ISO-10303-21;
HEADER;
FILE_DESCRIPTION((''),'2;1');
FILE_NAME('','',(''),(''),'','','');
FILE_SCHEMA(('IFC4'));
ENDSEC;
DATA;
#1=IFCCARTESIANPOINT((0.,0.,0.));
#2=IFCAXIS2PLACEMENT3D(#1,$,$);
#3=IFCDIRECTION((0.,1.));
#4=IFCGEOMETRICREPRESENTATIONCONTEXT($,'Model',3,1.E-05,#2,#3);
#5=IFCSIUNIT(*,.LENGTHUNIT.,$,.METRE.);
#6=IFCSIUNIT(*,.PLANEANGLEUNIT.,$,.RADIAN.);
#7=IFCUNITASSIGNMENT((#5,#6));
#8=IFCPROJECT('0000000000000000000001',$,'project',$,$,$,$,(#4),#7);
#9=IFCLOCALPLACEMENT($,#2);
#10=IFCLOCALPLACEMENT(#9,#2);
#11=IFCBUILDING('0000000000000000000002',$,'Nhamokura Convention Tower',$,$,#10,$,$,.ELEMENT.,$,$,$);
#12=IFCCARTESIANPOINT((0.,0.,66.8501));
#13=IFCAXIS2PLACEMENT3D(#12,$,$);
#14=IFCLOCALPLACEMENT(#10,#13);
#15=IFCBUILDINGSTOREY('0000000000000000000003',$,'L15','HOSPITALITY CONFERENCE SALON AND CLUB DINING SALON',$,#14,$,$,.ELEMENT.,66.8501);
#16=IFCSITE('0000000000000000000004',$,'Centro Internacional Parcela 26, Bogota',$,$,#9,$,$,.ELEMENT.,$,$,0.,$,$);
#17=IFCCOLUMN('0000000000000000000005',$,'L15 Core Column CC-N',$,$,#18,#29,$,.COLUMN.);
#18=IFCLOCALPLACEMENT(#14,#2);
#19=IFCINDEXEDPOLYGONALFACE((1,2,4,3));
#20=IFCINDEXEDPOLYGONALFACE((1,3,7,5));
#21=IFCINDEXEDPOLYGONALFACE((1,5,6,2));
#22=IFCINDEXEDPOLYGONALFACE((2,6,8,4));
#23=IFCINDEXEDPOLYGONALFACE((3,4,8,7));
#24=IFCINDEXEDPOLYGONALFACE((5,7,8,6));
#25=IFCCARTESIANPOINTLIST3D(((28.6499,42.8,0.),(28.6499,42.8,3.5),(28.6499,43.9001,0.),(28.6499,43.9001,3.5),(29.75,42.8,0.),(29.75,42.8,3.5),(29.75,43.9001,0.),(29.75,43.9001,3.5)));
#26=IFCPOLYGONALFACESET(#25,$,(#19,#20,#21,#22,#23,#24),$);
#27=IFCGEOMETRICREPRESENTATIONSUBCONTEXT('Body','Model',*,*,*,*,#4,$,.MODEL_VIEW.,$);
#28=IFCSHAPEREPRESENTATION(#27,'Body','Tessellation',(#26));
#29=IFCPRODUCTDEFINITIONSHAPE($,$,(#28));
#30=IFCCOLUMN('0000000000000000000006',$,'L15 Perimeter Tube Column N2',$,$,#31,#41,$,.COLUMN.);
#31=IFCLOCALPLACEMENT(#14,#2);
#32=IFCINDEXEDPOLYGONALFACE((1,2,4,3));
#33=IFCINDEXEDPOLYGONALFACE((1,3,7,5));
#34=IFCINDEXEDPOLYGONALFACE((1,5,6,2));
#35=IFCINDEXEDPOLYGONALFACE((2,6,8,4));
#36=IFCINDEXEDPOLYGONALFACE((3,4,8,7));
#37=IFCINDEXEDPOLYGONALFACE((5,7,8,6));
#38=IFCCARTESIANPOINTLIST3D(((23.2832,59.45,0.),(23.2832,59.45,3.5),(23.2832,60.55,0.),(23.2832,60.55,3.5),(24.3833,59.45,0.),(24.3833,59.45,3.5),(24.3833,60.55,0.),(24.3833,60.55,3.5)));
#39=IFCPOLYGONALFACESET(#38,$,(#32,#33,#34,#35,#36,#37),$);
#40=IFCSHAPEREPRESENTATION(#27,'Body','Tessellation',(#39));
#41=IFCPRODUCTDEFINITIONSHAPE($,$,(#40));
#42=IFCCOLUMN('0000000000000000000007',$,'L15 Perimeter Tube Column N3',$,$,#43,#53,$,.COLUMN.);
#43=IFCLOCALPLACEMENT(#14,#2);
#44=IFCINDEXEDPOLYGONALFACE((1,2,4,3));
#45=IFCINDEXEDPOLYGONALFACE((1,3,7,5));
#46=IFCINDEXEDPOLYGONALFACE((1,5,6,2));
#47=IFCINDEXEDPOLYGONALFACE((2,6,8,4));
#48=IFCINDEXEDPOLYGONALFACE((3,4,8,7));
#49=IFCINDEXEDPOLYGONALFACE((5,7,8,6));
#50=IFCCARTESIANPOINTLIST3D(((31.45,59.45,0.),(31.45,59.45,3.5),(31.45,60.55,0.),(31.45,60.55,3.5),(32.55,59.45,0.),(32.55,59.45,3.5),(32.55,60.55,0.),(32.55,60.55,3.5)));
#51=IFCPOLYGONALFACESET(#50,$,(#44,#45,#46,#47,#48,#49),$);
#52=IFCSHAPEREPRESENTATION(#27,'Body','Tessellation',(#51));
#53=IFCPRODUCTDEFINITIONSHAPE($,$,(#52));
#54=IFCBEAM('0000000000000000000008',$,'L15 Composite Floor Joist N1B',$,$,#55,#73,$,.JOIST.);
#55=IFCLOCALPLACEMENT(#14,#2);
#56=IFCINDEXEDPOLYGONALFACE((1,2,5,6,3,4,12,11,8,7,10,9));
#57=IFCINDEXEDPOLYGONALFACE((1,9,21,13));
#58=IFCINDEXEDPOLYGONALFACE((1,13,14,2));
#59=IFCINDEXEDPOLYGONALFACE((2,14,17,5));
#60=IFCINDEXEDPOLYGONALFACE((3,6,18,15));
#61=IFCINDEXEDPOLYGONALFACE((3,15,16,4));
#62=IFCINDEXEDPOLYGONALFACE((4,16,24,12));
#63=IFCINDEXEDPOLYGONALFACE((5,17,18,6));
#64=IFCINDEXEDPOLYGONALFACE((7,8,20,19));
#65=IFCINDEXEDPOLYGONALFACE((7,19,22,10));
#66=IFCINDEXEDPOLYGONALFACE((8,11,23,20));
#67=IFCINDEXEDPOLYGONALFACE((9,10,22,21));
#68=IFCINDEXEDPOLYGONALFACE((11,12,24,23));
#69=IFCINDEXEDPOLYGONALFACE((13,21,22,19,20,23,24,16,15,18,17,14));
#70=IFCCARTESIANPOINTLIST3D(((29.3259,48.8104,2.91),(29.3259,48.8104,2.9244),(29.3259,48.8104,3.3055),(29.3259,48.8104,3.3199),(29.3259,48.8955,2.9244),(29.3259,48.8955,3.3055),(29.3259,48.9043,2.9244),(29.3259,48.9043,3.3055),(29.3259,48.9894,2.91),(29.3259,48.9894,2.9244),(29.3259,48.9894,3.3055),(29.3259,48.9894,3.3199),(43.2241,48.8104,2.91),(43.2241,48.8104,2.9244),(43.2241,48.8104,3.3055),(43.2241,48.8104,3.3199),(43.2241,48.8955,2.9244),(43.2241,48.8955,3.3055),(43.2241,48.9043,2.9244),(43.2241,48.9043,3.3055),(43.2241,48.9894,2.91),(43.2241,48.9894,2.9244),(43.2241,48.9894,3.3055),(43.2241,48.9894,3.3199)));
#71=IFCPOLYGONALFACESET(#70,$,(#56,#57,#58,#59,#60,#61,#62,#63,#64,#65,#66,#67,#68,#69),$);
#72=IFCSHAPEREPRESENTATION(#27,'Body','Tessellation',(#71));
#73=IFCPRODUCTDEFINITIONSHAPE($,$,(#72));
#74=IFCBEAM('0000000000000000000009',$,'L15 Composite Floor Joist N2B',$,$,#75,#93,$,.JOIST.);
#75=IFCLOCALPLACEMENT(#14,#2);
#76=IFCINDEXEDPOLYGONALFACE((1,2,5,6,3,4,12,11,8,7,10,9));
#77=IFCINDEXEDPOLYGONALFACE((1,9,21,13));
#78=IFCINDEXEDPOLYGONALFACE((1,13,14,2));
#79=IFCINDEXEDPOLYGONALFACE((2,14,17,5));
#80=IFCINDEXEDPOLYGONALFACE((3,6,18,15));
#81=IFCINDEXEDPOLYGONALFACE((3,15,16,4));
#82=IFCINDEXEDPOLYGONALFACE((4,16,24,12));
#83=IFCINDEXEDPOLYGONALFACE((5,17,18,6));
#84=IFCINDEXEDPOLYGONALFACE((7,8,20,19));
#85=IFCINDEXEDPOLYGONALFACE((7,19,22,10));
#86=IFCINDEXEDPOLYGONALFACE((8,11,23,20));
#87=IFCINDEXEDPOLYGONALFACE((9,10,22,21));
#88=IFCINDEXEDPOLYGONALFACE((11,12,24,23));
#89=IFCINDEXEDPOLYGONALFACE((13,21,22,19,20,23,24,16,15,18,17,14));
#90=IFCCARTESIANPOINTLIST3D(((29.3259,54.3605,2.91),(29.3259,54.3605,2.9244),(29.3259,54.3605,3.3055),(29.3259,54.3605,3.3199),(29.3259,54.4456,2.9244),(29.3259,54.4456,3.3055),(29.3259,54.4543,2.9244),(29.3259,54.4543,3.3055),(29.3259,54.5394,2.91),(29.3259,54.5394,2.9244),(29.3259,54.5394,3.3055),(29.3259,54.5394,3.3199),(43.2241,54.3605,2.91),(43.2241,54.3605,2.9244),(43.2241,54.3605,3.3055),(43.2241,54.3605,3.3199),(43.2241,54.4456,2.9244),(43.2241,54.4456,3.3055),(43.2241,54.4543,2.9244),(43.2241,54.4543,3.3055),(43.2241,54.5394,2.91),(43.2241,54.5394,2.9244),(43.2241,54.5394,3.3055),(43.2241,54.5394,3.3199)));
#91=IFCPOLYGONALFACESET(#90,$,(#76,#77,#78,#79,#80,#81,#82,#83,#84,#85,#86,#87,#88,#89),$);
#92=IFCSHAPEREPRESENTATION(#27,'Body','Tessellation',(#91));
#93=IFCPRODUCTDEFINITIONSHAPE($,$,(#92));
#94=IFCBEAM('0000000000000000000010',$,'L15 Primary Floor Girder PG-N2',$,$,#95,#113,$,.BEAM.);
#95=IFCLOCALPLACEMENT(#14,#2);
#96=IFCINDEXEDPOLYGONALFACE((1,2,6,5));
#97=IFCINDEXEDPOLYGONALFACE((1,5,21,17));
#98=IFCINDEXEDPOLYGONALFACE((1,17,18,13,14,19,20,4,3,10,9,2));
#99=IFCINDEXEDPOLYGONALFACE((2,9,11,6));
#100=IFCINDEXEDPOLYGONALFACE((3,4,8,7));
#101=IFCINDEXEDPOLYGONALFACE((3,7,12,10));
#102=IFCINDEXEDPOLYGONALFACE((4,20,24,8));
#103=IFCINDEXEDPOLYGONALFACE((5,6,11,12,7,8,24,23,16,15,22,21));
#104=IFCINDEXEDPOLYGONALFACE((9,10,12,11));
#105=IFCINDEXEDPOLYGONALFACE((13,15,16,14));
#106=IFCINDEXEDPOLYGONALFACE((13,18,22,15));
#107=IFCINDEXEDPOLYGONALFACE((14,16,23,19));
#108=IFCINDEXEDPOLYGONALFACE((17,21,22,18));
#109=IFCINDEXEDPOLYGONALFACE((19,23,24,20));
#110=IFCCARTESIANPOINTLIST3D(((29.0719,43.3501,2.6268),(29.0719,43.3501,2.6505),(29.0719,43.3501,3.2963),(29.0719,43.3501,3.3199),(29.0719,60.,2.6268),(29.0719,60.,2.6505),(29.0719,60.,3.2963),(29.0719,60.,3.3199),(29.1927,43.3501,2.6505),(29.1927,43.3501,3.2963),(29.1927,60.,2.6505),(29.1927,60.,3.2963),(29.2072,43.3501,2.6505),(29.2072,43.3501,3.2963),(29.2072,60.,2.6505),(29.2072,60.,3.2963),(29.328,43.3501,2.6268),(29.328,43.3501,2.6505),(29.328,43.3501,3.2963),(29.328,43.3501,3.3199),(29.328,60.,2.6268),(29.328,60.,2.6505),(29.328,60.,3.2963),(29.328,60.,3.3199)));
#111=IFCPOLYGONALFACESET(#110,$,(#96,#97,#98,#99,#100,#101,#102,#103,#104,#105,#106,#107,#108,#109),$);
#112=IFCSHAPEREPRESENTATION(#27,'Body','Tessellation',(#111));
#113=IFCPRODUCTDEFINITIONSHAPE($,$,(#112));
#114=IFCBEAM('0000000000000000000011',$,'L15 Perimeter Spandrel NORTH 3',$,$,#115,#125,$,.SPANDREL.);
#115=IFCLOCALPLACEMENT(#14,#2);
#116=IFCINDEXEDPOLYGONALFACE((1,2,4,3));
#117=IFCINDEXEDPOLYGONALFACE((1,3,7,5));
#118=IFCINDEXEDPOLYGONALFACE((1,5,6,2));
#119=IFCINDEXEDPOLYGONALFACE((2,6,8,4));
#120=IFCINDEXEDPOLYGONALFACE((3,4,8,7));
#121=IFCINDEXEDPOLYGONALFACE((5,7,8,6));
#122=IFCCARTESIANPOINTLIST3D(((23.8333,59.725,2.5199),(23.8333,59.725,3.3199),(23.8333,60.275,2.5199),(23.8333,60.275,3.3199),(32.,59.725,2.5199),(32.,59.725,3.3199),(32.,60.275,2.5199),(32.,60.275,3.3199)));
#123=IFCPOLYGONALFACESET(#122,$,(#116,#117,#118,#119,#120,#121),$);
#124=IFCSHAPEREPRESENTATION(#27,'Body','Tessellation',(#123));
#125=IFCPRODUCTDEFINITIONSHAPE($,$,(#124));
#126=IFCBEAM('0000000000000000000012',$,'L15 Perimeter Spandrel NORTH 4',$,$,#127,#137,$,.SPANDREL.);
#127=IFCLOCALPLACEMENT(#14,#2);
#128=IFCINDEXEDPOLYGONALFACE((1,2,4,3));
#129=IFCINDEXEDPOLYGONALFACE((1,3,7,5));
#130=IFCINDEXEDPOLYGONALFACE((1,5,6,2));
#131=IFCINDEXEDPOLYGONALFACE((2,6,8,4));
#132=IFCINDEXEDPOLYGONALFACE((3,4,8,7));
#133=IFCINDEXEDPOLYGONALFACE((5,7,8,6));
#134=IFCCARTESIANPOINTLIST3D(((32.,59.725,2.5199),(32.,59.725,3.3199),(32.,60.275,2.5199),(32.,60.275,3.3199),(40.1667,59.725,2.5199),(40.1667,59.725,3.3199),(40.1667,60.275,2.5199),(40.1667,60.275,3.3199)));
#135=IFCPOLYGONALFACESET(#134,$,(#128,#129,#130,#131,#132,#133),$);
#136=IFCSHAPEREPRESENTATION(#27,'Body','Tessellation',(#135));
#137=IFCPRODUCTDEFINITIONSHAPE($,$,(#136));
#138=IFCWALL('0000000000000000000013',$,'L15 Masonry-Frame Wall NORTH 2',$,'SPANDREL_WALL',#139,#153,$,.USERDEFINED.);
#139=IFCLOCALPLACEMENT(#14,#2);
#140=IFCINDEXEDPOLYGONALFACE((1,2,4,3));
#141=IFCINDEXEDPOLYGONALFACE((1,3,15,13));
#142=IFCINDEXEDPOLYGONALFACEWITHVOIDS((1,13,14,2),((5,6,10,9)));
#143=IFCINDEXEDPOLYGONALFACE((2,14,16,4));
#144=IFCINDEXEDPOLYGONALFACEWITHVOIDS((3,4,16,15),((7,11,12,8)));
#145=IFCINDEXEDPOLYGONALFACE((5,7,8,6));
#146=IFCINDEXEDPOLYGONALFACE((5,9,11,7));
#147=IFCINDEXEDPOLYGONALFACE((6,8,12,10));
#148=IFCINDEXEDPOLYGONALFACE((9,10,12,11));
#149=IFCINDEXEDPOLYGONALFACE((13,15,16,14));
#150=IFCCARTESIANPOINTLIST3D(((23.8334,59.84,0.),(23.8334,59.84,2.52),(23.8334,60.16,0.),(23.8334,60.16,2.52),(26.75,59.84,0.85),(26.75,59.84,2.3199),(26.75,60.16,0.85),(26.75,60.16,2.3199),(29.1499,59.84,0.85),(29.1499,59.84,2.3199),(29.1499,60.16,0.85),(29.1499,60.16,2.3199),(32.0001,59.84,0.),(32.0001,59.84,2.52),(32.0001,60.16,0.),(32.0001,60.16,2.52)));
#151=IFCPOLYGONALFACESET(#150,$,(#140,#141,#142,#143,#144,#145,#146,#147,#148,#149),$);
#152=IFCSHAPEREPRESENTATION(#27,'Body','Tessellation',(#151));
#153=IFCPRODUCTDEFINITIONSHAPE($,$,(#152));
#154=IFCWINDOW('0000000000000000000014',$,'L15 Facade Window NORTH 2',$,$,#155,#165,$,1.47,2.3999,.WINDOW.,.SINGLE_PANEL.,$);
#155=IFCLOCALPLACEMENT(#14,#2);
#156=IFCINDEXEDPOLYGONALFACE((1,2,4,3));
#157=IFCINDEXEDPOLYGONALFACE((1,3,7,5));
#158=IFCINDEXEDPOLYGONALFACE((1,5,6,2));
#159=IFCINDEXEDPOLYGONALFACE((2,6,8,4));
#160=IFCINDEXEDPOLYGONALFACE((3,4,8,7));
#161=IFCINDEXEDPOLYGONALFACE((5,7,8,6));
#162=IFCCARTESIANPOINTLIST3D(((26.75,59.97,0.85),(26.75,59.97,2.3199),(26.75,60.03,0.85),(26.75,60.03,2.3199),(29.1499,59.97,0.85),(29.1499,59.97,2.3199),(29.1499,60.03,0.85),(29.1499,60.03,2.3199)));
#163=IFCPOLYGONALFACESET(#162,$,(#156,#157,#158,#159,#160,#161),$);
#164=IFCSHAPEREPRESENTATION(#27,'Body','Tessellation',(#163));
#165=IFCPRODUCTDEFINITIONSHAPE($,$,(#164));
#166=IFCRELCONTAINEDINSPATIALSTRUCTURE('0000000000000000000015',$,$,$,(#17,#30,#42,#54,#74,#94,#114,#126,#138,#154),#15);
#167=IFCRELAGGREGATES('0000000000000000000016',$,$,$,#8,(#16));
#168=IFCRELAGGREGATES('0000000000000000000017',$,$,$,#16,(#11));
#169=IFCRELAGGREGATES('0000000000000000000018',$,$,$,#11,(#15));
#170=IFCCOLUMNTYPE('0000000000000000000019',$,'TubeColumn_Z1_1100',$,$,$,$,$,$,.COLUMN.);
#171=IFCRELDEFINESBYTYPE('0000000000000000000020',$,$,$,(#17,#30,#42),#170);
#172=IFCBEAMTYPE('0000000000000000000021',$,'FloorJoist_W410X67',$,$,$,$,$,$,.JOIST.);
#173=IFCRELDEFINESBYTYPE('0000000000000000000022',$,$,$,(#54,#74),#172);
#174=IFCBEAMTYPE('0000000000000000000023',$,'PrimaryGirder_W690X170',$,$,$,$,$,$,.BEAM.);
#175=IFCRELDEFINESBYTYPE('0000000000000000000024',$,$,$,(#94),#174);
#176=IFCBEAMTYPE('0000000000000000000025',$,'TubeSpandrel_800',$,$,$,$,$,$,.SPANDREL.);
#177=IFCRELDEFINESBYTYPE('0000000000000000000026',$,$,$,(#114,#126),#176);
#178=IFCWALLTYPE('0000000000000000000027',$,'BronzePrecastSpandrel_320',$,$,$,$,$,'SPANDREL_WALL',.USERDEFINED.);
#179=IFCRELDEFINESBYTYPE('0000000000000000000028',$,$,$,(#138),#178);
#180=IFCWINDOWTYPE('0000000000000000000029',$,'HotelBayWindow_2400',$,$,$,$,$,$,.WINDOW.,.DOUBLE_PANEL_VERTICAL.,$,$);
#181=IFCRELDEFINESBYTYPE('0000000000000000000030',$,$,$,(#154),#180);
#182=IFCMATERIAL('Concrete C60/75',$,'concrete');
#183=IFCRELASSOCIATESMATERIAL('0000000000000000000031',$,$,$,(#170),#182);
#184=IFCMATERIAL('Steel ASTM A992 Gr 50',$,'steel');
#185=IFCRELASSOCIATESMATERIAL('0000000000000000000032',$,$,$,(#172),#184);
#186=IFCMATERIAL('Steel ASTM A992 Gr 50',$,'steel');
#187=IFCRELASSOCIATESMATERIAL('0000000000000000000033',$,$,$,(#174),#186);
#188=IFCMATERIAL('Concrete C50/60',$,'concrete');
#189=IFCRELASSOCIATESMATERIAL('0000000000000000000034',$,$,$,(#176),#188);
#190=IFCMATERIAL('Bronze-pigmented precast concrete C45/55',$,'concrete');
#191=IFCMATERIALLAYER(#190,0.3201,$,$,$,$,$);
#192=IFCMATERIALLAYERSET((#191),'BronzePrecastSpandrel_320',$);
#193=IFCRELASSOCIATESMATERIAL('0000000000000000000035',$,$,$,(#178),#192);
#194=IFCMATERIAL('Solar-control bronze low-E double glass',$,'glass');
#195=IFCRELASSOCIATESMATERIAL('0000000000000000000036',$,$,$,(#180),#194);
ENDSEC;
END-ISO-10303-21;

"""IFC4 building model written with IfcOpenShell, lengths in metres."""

from ifc_helpers import new_model, si_unit, direction, frame, frame_2d, origin, origin_2d, place, context, subcontext, project, spatial, rectangle, i_section, extrude, material, layer, layer_set, material_profile, profile_set, type_object, element, fill, save


model = new_model("IFC4")

# Units and contexts
model_context = context("Model", 3, precision=1e-05, world=origin(), true_north=direction((0.0, 1.0)))
body_context = subcontext(model_context, "Body", "Model", "MODEL_VIEW")
ifc_project = project(units=[si_unit("LENGTHUNIT", "METRE"), si_unit("PLANEANGLEUNIT", "RADIAN")], contexts=[model_context])

# Site, building, storey
site_placement = place(None, origin())
site = spatial("IfcSite", under=ifc_project, at=site_placement, Name="Centro Internacional Parcela 26, Bogota", CompositionType="ELEMENT", RefElevation=0.0)
building_placement = place(site_placement, origin())
building = spatial("IfcBuilding", under=site, at=building_placement, Name="Nhamokura Convention Tower", CompositionType="ELEMENT")
storey_placement = place(building_placement, frame((0.0, 0.0, 66.8501)))
storey = spatial("IfcBuildingStorey", under=building, at=storey_placement, Name="L15", Description="HOSPITALITY CONFERENCE SALON AND CLUB DINING SALON", CompositionType="ELEMENT", Elevation=66.8501)

# Columns
ifc_material_1 = material(Name="Concrete C60/75", Category="concrete")
ifc_material_profile_1 = material_profile(ifc_material_1, rectangle(XDim=1.1001, YDim=1.1001, at=origin_2d()))
ifc_profile_set_1 = profile_set([ifc_material_profile_1], Name="Concrete C60/75")
column_type = type_object("IfcColumnType", Name="TubeColumn_Z1_1100", PredefinedType="COLUMN", material=ifc_profile_set_1)
for number, where, z_axis, x_axis, name in (
    (1, (29.2, 43.3501, 0.0), (0.0, 0.0, 1.0), (1.0, 0.0, 0.0), "L15 Core Column CC-N"),
    (2, (23.8333, 60.0, 0.0), (0.0, 0.0, 1.0), (1.0, 0.0, 0.0), "L15 Perimeter Tube Column N2"),
    (3, (32.0, 60.0, 0.0), (0.0, 0.0, 1.0), (1.0, 0.0, 0.0), "L15 Perimeter Tube Column N3"),
):
    element("IfcColumn", number, at=place(storey_placement, frame(where, z_axis=z_axis, x_axis=x_axis)), inside=storey, type_object=column_type, Name=name, PredefinedType="COLUMN", context=body_context, shape_type="SweptSolid", body=[
        extrude(rectangle(XDim=1.1001, YDim=1.1001, at=origin_2d()), origin(), (0.0, 0.0, 1.0), 3.5),
    ])

# Beams
ifc_material_2 = material(Name="Steel ASTM A992 Gr 50", Category="steel")
ifc_material_profile_2 = material_profile(ifc_material_2, i_section(OverallWidth=0.179, OverallDepth=0.4099, WebThickness=0.0088, FlangeThickness=0.0144, at=origin_2d()))
ifc_profile_set_2 = profile_set([ifc_material_profile_2], Name="Steel ASTM A992 Gr 50")
beam_type_1 = type_object("IfcBeamType", Name="FloorJoist_W410X67", PredefinedType="JOIST", material=ifc_profile_set_2)
for number, where, z_axis, x_axis, name in (
    (4, (29.3259, 48.8999, 3.115), (1.0, 0.0, 0.0), (0.0, 1.0, 0.0), "L15 Composite Floor Joist N1B"),
    (5, (29.3259, 54.45, 3.115), (1.0, 0.0, 0.0), (0.0, 1.0, 0.0), "L15 Composite Floor Joist N2B"),
):
    element("IfcBeam", number, at=place(storey_placement, frame(where, z_axis=z_axis, x_axis=x_axis)), inside=storey, type_object=beam_type_1, Name=name, PredefinedType="JOIST", context=body_context, shape_type="SweptSolid", body=[
        extrude(i_section(OverallWidth=0.179, OverallDepth=0.4099, WebThickness=0.0088, FlangeThickness=0.0144, at=origin_2d()), origin(), (0.0, 0.0, 1.0), 13.8982),
    ])
ifc_material_3 = material(Name="Steel ASTM A992 Gr 50", Category="steel")
ifc_material_profile_3 = material_profile(ifc_material_3, i_section(OverallWidth=0.2561, OverallDepth=0.6931, WebThickness=0.0144, FlangeThickness=0.0237, at=origin_2d()))
ifc_profile_set_3 = profile_set([ifc_material_profile_3], Name="Steel ASTM A992 Gr 50")
beam_type_2 = type_object("IfcBeamType", Name="PrimaryGirder_W690X170", PredefinedType="BEAM", material=ifc_profile_set_3)
beam_placement = place(storey_placement, frame((29.2, 43.3501, 2.9734), z_axis=(0.0, 1.0, 0.0), x_axis=(-1.0, 0.0, 0.0)))
element("IfcBeam", 6, at=beam_placement, inside=storey, type_object=beam_type_2, Name="L15 Primary Floor Girder PG-N2", PredefinedType="BEAM", context=body_context, shape_type="SweptSolid", body=[
    extrude(i_section(OverallWidth=0.2561, OverallDepth=0.6931, WebThickness=0.0144, FlangeThickness=0.0237, at=origin_2d()), origin(), (0.0, 0.0, 1.0), 16.6499),
])
ifc_material_4 = material(Name="Concrete C50/60", Category="concrete")
ifc_material_profile_4 = material_profile(ifc_material_4, rectangle(XDim=0.55, YDim=0.8, at=origin_2d()))
ifc_profile_set_4 = profile_set([ifc_material_profile_4], Name="Concrete C50/60")
beam_type_3 = type_object("IfcBeamType", Name="TubeSpandrel_800", PredefinedType="SPANDREL", material=ifc_profile_set_4)
for number, where, z_axis, x_axis, name in (
    (7, (23.8333, 60.0, 2.9199), (1.0, 0.0, 0.0), (0.0, 1.0, 0.0), "L15 Perimeter Spandrel NORTH 3"),
    (8, (32.0, 60.0, 2.9199), (1.0, 0.0, 0.0), (0.0, 1.0, 0.0), "L15 Perimeter Spandrel NORTH 4"),
):
    element("IfcBeam", number, at=place(storey_placement, frame(where, z_axis=z_axis, x_axis=x_axis)), inside=storey, type_object=beam_type_3, Name=name, PredefinedType="SPANDREL", context=body_context, shape_type="SweptSolid", body=[
        extrude(rectangle(XDim=0.55, YDim=0.8, at=origin_2d()), origin(), (0.0, 0.0, 1.0), 8.1667),
    ])

# Wall, opening, window
ifc_material_5 = material(Name="Bronze-pigmented precast concrete C45/55", Category="concrete")
ifc_layer_1 = layer(ifc_material_5, 0.3201)
ifc_layer_set_1 = layer_set([ifc_layer_1], Name="BronzePrecastSpandrel_320")
wall_type_1 = type_object("IfcWallType", Name="BronzePrecastSpandrel_320", ElementType="SPANDREL_WALL", PredefinedType="USERDEFINED", material=ifc_layer_set_1)
wall_1_placement = place(storey_placement, frame((23.8333, 60.0, 0.0), z_axis=(0.0, 0.0, 1.0), x_axis=(1.0, 0.0, 0.0)))
wall_1 = element("IfcWall", 9, at=wall_1_placement, inside=storey, type_object=wall_type_1, Name="L15 Masonry-Frame Wall NORTH 2", ObjectType="SPANDREL_WALL", PredefinedType="USERDEFINED", context=body_context, shape_type="SweptSolid", body=[
    extrude(rectangle(XDim=8.1667, YDim=0.3201, at=frame_2d((4.0835, 0.0))), origin(), (0.0, 0.0, 1.0), 2.52),
])
opening_1_placement = place(wall_1_placement, frame((2.9167, 0.0, 0.8501)))
opening_1 = element("IfcOpeningElement", 10, at=opening_1_placement, cuts=wall_1, PredefinedType="OPENING", context=body_context, shape_type="SweptSolid", body=[
    extrude(rectangle(XDim=2.3999, YDim=1.47, at=frame_2d((1.2, 0.7349))), frame((0.0, 0.1699, 0.0), z_axis=(0.0, -1.0, 0.0), x_axis=(1.0, 0.0, 0.0)), (0.0, 0.0, 1.0), 0.3401),
])
ifc_material_6 = material(Name="Solar-control bronze low-E double glass", Category="glass")
window_type = type_object("IfcWindowType", Name="HotelBayWindow_2400", PartitioningType="DOUBLE_PANEL_VERTICAL", PredefinedType="WINDOW", material=ifc_material_6)
window_1_placement = place(opening_1_placement, origin())
window_1 = element("IfcWindow", 11, at=window_1_placement, inside=storey, type_object=window_type, Name="L15 Facade Window NORTH 2", OverallHeight=1.47, OverallWidth=2.3999, PartitioningType="SINGLE_PANEL", PredefinedType="WINDOW", context=body_context, shape_type="SweptSolid", body=[
    extrude(rectangle(XDim=2.3999, YDim=1.47, at=frame_2d((1.2, 0.7349))), frame((0.0, 0.03, 0.0), z_axis=(0.0, -1.0, 0.0), x_axis=(1.0, 0.0, 0.0)), (0.0, 0.0, 1.0), 0.0601),
])
fill(opening_1, window_1)

save(model, "model.ifc")
